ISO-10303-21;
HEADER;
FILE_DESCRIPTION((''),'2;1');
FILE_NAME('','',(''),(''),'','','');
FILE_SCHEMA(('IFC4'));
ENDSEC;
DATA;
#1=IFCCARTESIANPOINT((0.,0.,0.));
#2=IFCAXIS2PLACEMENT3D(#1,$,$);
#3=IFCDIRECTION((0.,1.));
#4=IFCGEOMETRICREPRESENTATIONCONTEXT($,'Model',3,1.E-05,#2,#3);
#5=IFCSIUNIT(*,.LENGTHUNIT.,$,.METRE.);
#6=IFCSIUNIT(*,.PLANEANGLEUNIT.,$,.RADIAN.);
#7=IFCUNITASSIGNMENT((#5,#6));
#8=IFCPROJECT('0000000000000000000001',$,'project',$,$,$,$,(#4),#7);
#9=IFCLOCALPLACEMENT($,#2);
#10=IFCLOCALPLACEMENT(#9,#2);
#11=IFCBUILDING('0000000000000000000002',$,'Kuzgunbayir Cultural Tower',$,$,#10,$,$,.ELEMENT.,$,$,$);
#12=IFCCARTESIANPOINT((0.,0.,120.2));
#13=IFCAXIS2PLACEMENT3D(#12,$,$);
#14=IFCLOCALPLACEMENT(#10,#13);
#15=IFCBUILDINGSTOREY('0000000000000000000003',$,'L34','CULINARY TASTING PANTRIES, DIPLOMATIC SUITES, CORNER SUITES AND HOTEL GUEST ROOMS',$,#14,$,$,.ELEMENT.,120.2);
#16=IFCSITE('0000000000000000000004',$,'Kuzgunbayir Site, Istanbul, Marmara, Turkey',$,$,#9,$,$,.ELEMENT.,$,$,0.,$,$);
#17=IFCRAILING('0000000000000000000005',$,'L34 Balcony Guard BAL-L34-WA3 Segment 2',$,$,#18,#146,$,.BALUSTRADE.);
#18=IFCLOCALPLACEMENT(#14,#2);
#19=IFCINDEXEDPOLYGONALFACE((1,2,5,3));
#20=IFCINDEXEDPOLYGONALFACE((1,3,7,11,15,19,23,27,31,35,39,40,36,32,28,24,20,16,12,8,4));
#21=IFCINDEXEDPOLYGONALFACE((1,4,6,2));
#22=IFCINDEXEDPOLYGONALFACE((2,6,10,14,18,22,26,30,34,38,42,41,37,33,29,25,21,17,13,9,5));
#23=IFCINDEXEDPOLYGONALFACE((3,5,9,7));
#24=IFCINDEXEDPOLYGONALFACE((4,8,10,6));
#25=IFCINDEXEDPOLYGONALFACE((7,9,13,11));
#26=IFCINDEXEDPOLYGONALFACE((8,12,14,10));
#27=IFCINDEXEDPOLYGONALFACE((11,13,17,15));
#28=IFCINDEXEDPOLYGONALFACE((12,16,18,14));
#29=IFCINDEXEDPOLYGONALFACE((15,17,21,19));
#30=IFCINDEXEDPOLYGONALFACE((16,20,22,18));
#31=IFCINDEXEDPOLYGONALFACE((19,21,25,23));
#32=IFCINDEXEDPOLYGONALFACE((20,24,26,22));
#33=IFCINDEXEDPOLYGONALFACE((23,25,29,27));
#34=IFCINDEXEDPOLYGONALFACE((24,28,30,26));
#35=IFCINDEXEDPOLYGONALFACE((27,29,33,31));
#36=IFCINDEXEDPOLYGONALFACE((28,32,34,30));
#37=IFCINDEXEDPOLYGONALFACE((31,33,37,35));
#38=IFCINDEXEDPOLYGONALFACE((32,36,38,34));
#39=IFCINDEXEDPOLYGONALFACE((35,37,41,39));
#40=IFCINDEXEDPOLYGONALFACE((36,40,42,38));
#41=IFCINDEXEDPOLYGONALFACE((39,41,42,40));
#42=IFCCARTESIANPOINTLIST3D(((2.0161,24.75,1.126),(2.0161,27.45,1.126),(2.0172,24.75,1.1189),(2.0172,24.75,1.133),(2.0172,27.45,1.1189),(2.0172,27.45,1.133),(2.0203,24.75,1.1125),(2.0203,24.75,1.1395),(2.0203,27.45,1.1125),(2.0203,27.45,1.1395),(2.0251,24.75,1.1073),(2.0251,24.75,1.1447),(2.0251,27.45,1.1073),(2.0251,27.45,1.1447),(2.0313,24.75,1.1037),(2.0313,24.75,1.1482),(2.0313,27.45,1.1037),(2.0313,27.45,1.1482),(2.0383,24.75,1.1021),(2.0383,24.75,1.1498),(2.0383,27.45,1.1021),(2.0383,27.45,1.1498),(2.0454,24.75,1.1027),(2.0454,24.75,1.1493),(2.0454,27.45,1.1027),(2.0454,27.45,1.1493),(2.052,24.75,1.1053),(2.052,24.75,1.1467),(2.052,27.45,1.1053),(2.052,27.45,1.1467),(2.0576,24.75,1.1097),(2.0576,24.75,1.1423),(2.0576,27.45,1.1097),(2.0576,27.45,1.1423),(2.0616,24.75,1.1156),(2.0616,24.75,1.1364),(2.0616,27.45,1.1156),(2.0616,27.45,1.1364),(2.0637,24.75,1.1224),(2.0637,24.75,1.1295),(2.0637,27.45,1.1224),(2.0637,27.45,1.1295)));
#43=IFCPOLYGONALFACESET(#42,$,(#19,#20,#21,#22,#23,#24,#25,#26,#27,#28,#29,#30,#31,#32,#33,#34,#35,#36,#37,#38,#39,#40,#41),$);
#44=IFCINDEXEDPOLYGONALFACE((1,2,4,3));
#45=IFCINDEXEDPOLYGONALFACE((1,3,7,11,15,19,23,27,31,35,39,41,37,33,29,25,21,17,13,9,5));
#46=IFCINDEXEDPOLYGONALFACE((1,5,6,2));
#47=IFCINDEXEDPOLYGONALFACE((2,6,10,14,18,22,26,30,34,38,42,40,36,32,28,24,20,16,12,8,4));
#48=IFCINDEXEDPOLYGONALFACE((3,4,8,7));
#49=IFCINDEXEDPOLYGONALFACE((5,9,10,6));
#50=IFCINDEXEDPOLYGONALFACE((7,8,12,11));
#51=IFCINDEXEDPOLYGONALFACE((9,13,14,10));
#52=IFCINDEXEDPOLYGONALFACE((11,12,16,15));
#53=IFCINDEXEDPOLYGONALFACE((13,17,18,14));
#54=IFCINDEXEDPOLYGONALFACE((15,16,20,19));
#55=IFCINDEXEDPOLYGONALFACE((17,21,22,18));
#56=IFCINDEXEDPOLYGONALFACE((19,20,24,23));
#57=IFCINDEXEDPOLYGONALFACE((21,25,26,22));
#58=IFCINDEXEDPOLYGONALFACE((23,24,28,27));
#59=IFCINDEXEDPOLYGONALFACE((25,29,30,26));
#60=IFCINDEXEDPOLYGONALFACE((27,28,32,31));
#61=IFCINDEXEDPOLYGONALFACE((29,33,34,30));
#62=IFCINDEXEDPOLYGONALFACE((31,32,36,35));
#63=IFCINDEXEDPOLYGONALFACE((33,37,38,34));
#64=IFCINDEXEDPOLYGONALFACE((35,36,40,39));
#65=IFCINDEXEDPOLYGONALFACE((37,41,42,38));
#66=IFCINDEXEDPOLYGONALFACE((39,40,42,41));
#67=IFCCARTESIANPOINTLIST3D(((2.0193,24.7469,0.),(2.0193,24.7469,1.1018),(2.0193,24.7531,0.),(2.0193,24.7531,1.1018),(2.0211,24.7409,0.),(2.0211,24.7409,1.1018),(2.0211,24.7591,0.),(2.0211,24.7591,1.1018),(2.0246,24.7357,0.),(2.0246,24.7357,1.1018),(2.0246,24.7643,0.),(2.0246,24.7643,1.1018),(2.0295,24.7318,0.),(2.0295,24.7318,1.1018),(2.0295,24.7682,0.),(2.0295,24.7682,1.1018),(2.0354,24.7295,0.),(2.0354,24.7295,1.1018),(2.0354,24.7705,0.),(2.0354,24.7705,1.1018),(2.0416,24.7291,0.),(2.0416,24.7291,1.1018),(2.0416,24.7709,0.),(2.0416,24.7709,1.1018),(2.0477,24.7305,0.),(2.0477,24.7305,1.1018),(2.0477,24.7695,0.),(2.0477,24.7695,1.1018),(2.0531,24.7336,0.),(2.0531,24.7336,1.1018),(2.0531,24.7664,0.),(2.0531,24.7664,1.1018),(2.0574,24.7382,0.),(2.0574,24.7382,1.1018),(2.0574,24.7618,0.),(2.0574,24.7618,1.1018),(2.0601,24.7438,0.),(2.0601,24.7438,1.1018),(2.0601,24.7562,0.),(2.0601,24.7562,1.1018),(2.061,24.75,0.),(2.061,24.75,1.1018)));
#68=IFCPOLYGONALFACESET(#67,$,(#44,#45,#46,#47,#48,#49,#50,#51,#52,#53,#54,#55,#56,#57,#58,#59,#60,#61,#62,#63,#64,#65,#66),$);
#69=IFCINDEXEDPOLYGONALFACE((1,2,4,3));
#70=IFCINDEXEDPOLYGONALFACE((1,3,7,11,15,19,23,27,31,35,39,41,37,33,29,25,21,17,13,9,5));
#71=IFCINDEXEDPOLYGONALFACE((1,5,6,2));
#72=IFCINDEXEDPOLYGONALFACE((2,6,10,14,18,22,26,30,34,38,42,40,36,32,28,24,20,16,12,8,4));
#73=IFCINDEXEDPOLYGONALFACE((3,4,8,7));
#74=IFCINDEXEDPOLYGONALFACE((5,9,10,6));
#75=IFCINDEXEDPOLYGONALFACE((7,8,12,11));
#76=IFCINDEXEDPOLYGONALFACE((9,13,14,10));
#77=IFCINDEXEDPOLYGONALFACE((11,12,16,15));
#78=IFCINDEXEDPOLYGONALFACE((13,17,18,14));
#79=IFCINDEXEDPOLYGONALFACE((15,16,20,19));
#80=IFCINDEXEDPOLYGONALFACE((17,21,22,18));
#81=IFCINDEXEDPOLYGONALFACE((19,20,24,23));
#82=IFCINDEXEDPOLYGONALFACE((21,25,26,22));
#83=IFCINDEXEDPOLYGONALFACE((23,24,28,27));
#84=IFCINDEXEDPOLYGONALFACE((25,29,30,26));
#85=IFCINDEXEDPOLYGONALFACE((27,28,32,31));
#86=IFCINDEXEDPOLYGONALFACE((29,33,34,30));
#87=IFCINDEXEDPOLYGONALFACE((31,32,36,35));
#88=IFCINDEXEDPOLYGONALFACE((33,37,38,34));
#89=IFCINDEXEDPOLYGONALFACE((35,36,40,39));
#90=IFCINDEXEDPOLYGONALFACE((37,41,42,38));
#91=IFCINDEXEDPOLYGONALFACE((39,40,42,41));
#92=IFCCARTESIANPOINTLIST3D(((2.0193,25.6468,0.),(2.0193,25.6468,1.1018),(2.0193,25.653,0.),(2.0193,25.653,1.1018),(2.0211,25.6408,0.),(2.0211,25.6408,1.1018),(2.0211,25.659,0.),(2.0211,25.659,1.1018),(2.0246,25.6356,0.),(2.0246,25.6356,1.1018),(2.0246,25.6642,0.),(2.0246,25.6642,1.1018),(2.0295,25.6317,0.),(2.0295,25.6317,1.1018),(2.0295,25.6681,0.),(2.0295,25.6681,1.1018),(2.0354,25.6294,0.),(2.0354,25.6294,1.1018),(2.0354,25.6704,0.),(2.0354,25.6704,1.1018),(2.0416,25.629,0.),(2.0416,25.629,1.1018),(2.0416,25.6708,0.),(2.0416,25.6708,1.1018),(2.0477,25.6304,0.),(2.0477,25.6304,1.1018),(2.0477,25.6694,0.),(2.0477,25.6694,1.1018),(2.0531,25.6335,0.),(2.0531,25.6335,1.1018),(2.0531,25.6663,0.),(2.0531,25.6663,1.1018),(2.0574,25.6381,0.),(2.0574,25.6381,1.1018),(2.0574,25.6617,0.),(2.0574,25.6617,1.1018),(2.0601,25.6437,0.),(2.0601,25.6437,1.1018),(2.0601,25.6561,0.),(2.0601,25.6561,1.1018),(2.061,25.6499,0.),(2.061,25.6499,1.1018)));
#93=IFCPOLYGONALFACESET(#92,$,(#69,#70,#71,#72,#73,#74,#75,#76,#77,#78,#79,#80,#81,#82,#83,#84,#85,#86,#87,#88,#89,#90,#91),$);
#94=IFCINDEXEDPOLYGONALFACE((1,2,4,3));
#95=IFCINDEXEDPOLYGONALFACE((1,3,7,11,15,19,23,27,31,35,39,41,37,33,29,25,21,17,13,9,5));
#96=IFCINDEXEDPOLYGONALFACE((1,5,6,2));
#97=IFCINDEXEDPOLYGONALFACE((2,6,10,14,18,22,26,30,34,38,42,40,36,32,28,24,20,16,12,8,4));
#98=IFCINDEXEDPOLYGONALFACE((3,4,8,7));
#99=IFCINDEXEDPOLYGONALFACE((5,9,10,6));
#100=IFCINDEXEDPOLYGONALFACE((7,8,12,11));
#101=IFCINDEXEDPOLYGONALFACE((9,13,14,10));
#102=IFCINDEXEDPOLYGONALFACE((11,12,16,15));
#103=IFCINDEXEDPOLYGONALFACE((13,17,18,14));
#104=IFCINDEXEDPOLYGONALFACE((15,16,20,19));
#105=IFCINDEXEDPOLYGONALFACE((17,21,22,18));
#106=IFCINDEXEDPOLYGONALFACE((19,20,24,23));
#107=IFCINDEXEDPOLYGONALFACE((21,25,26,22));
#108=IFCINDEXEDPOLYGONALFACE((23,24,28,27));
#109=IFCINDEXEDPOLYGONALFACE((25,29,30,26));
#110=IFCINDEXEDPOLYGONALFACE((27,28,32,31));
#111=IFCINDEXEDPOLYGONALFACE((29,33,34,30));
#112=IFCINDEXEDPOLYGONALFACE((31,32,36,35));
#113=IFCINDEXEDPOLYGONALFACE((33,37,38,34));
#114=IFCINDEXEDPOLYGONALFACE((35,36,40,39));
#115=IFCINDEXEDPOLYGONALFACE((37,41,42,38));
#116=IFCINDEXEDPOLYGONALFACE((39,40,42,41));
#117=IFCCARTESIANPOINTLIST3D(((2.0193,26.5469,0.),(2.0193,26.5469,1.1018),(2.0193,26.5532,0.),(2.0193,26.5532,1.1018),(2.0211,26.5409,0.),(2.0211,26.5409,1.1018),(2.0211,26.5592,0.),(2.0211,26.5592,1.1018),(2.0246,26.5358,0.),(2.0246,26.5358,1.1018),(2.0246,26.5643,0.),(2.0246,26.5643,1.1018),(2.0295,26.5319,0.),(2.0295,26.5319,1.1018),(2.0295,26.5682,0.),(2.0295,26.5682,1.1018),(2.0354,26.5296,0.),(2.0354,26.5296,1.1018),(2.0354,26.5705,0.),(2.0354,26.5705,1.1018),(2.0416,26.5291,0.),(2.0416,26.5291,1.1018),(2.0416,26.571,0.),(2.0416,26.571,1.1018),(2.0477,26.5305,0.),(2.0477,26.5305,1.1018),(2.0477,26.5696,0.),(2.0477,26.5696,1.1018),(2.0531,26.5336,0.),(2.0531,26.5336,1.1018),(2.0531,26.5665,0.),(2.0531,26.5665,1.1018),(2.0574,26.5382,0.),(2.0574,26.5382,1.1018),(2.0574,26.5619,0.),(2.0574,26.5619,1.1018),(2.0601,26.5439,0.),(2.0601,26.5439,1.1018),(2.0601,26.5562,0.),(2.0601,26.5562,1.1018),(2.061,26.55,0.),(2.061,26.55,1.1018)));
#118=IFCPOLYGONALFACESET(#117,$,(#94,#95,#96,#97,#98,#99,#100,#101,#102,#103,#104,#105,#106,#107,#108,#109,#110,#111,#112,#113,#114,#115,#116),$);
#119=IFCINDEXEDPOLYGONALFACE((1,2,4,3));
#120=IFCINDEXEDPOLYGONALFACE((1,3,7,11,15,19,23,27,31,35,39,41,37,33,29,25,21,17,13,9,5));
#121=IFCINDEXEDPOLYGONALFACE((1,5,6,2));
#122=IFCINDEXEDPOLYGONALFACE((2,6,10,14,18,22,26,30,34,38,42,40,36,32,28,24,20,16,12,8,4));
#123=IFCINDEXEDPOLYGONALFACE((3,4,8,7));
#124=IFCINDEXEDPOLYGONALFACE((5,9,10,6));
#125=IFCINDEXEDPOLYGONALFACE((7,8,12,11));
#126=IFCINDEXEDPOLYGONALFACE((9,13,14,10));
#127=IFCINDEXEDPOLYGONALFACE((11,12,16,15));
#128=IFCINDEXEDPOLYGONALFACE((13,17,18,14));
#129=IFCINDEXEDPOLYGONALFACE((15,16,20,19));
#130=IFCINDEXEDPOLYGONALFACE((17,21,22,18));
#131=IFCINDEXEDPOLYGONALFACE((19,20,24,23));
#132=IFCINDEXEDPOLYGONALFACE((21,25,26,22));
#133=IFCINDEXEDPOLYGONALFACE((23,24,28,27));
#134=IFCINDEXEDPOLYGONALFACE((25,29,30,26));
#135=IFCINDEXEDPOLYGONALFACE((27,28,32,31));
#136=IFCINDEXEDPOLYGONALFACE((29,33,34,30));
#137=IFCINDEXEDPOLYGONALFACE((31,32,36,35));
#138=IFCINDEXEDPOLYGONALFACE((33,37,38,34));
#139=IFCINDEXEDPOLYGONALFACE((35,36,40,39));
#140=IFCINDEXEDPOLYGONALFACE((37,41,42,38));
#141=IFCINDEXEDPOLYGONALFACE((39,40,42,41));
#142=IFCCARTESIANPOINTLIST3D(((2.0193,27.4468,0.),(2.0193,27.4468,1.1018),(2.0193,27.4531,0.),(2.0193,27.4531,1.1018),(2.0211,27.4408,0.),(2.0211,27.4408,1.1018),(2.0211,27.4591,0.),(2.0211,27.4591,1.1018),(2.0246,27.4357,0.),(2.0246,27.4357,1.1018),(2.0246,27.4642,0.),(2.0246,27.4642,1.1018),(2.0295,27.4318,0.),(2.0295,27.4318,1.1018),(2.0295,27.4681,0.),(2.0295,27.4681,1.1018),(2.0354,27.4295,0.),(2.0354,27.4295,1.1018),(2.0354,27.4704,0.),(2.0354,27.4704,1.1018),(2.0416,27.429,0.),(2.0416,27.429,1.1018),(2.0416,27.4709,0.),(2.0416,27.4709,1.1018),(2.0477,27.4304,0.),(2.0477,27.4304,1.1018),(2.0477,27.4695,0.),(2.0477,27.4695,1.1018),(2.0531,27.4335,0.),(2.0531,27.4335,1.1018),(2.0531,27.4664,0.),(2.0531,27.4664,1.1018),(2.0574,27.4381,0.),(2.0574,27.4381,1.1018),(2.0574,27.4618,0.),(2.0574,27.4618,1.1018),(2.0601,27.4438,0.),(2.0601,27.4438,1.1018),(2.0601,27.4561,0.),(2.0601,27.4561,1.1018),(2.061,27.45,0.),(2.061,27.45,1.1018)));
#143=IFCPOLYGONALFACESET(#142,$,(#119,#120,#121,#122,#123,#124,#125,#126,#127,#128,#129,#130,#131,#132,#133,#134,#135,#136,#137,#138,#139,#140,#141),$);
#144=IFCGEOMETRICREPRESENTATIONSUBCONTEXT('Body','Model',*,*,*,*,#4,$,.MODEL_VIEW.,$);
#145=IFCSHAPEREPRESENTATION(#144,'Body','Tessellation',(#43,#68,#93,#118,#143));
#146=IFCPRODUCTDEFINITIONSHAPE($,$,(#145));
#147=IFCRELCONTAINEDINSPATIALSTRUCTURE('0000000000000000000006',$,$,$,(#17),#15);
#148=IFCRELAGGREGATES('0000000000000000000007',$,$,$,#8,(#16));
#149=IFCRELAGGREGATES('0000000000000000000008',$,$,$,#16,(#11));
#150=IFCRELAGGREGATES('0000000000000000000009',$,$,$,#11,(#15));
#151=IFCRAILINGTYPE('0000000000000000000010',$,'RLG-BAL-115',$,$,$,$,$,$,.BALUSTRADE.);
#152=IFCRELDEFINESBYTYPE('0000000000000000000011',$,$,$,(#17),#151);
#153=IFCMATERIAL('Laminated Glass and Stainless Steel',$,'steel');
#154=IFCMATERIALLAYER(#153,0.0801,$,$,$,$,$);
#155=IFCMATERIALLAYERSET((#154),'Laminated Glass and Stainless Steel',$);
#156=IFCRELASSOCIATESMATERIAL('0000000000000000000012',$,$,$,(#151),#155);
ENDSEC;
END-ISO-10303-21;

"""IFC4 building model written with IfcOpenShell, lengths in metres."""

from ifc_helpers import new_model, si_unit, direction, frame, origin, origin_2d, place, context, subcontext, project, spatial, circle, extrude, material, layer, layer_set, type_object, element, save


model = new_model("IFC4")

# Units and contexts
model_context = context("Model", 3, precision=1e-05, world=origin(), true_north=direction((0.0, 1.0)))
body_context = subcontext(model_context, "Body", "Model", "MODEL_VIEW")
ifc_project = project(units=[si_unit("LENGTHUNIT", "METRE"), si_unit("PLANEANGLEUNIT", "RADIAN")], contexts=[model_context])

# Site, building, storey
site_placement = place(None, origin())
site = spatial("IfcSite", under=ifc_project, at=site_placement, Name="Kuzgunbayir Site, Istanbul, Marmara, Turkey", CompositionType="ELEMENT", RefElevation=0.0)
building_placement = place(site_placement, origin())
building = spatial("IfcBuilding", under=site, at=building_placement, Name="Kuzgunbayir Cultural Tower", CompositionType="ELEMENT")
storey_placement = place(building_placement, frame((0.0, 0.0, 120.2)))
storey = spatial("IfcBuildingStorey", under=building, at=storey_placement, Name="L34", Description="CULINARY TASTING PANTRIES, DIPLOMATIC SUITES, CORNER SUITES AND HOTEL GUEST ROOMS", CompositionType="ELEMENT", Elevation=120.2)

# Railing
ifc_material_1 = material(Name="Laminated Glass and Stainless Steel", Category="steel")
ifc_layer_1 = layer(ifc_material_1, 0.0801)
ifc_layer_set_1 = layer_set([ifc_layer_1], Name="Laminated Glass and Stainless Steel")
railing_type = type_object("IfcRailingType", Name="RLG-BAL-115", PredefinedType="BALUSTRADE", material=ifc_layer_set_1)
railing_1_placement = place(storey_placement, frame((2.04, 24.75, 0.0)))
element("IfcRailing", 1, at=railing_1_placement, inside=storey, type_object=railing_type, Name="L34 Balcony Guard BAL-L34-WA3 Segment 2", PredefinedType="BALUSTRADE", context=body_context, shape_type="SweptSolid", body=[
    extrude(circle(Radius=0.0239, at=origin_2d()), frame((0.0, 0.0, 1.126), z_axis=(0.0, 1.0, 0.0), x_axis=(-1.0, 0.0, 0.0)), (0.0, 0.0, 1.0), 2.7),
    extrude(circle(Radius=0.021, at=origin_2d()), origin(), (0.0, 0.0, 1.0), 1.1018),
    extrude(circle(Radius=0.021, at=origin_2d()), frame((0.0, 0.8999, 0.0)), (0.0, 0.0, 1.0), 1.1018),
    extrude(circle(Radius=0.021, at=origin_2d()), frame((0.0, 1.8, 0.0)), (0.0, 0.0, 1.0), 1.1018),
    extrude(circle(Radius=0.021, at=origin_2d()), frame((0.0, 2.7, 0.0)), (0.0, 0.0, 1.0), 1.1018),
])

save(model, "model.ifc")
